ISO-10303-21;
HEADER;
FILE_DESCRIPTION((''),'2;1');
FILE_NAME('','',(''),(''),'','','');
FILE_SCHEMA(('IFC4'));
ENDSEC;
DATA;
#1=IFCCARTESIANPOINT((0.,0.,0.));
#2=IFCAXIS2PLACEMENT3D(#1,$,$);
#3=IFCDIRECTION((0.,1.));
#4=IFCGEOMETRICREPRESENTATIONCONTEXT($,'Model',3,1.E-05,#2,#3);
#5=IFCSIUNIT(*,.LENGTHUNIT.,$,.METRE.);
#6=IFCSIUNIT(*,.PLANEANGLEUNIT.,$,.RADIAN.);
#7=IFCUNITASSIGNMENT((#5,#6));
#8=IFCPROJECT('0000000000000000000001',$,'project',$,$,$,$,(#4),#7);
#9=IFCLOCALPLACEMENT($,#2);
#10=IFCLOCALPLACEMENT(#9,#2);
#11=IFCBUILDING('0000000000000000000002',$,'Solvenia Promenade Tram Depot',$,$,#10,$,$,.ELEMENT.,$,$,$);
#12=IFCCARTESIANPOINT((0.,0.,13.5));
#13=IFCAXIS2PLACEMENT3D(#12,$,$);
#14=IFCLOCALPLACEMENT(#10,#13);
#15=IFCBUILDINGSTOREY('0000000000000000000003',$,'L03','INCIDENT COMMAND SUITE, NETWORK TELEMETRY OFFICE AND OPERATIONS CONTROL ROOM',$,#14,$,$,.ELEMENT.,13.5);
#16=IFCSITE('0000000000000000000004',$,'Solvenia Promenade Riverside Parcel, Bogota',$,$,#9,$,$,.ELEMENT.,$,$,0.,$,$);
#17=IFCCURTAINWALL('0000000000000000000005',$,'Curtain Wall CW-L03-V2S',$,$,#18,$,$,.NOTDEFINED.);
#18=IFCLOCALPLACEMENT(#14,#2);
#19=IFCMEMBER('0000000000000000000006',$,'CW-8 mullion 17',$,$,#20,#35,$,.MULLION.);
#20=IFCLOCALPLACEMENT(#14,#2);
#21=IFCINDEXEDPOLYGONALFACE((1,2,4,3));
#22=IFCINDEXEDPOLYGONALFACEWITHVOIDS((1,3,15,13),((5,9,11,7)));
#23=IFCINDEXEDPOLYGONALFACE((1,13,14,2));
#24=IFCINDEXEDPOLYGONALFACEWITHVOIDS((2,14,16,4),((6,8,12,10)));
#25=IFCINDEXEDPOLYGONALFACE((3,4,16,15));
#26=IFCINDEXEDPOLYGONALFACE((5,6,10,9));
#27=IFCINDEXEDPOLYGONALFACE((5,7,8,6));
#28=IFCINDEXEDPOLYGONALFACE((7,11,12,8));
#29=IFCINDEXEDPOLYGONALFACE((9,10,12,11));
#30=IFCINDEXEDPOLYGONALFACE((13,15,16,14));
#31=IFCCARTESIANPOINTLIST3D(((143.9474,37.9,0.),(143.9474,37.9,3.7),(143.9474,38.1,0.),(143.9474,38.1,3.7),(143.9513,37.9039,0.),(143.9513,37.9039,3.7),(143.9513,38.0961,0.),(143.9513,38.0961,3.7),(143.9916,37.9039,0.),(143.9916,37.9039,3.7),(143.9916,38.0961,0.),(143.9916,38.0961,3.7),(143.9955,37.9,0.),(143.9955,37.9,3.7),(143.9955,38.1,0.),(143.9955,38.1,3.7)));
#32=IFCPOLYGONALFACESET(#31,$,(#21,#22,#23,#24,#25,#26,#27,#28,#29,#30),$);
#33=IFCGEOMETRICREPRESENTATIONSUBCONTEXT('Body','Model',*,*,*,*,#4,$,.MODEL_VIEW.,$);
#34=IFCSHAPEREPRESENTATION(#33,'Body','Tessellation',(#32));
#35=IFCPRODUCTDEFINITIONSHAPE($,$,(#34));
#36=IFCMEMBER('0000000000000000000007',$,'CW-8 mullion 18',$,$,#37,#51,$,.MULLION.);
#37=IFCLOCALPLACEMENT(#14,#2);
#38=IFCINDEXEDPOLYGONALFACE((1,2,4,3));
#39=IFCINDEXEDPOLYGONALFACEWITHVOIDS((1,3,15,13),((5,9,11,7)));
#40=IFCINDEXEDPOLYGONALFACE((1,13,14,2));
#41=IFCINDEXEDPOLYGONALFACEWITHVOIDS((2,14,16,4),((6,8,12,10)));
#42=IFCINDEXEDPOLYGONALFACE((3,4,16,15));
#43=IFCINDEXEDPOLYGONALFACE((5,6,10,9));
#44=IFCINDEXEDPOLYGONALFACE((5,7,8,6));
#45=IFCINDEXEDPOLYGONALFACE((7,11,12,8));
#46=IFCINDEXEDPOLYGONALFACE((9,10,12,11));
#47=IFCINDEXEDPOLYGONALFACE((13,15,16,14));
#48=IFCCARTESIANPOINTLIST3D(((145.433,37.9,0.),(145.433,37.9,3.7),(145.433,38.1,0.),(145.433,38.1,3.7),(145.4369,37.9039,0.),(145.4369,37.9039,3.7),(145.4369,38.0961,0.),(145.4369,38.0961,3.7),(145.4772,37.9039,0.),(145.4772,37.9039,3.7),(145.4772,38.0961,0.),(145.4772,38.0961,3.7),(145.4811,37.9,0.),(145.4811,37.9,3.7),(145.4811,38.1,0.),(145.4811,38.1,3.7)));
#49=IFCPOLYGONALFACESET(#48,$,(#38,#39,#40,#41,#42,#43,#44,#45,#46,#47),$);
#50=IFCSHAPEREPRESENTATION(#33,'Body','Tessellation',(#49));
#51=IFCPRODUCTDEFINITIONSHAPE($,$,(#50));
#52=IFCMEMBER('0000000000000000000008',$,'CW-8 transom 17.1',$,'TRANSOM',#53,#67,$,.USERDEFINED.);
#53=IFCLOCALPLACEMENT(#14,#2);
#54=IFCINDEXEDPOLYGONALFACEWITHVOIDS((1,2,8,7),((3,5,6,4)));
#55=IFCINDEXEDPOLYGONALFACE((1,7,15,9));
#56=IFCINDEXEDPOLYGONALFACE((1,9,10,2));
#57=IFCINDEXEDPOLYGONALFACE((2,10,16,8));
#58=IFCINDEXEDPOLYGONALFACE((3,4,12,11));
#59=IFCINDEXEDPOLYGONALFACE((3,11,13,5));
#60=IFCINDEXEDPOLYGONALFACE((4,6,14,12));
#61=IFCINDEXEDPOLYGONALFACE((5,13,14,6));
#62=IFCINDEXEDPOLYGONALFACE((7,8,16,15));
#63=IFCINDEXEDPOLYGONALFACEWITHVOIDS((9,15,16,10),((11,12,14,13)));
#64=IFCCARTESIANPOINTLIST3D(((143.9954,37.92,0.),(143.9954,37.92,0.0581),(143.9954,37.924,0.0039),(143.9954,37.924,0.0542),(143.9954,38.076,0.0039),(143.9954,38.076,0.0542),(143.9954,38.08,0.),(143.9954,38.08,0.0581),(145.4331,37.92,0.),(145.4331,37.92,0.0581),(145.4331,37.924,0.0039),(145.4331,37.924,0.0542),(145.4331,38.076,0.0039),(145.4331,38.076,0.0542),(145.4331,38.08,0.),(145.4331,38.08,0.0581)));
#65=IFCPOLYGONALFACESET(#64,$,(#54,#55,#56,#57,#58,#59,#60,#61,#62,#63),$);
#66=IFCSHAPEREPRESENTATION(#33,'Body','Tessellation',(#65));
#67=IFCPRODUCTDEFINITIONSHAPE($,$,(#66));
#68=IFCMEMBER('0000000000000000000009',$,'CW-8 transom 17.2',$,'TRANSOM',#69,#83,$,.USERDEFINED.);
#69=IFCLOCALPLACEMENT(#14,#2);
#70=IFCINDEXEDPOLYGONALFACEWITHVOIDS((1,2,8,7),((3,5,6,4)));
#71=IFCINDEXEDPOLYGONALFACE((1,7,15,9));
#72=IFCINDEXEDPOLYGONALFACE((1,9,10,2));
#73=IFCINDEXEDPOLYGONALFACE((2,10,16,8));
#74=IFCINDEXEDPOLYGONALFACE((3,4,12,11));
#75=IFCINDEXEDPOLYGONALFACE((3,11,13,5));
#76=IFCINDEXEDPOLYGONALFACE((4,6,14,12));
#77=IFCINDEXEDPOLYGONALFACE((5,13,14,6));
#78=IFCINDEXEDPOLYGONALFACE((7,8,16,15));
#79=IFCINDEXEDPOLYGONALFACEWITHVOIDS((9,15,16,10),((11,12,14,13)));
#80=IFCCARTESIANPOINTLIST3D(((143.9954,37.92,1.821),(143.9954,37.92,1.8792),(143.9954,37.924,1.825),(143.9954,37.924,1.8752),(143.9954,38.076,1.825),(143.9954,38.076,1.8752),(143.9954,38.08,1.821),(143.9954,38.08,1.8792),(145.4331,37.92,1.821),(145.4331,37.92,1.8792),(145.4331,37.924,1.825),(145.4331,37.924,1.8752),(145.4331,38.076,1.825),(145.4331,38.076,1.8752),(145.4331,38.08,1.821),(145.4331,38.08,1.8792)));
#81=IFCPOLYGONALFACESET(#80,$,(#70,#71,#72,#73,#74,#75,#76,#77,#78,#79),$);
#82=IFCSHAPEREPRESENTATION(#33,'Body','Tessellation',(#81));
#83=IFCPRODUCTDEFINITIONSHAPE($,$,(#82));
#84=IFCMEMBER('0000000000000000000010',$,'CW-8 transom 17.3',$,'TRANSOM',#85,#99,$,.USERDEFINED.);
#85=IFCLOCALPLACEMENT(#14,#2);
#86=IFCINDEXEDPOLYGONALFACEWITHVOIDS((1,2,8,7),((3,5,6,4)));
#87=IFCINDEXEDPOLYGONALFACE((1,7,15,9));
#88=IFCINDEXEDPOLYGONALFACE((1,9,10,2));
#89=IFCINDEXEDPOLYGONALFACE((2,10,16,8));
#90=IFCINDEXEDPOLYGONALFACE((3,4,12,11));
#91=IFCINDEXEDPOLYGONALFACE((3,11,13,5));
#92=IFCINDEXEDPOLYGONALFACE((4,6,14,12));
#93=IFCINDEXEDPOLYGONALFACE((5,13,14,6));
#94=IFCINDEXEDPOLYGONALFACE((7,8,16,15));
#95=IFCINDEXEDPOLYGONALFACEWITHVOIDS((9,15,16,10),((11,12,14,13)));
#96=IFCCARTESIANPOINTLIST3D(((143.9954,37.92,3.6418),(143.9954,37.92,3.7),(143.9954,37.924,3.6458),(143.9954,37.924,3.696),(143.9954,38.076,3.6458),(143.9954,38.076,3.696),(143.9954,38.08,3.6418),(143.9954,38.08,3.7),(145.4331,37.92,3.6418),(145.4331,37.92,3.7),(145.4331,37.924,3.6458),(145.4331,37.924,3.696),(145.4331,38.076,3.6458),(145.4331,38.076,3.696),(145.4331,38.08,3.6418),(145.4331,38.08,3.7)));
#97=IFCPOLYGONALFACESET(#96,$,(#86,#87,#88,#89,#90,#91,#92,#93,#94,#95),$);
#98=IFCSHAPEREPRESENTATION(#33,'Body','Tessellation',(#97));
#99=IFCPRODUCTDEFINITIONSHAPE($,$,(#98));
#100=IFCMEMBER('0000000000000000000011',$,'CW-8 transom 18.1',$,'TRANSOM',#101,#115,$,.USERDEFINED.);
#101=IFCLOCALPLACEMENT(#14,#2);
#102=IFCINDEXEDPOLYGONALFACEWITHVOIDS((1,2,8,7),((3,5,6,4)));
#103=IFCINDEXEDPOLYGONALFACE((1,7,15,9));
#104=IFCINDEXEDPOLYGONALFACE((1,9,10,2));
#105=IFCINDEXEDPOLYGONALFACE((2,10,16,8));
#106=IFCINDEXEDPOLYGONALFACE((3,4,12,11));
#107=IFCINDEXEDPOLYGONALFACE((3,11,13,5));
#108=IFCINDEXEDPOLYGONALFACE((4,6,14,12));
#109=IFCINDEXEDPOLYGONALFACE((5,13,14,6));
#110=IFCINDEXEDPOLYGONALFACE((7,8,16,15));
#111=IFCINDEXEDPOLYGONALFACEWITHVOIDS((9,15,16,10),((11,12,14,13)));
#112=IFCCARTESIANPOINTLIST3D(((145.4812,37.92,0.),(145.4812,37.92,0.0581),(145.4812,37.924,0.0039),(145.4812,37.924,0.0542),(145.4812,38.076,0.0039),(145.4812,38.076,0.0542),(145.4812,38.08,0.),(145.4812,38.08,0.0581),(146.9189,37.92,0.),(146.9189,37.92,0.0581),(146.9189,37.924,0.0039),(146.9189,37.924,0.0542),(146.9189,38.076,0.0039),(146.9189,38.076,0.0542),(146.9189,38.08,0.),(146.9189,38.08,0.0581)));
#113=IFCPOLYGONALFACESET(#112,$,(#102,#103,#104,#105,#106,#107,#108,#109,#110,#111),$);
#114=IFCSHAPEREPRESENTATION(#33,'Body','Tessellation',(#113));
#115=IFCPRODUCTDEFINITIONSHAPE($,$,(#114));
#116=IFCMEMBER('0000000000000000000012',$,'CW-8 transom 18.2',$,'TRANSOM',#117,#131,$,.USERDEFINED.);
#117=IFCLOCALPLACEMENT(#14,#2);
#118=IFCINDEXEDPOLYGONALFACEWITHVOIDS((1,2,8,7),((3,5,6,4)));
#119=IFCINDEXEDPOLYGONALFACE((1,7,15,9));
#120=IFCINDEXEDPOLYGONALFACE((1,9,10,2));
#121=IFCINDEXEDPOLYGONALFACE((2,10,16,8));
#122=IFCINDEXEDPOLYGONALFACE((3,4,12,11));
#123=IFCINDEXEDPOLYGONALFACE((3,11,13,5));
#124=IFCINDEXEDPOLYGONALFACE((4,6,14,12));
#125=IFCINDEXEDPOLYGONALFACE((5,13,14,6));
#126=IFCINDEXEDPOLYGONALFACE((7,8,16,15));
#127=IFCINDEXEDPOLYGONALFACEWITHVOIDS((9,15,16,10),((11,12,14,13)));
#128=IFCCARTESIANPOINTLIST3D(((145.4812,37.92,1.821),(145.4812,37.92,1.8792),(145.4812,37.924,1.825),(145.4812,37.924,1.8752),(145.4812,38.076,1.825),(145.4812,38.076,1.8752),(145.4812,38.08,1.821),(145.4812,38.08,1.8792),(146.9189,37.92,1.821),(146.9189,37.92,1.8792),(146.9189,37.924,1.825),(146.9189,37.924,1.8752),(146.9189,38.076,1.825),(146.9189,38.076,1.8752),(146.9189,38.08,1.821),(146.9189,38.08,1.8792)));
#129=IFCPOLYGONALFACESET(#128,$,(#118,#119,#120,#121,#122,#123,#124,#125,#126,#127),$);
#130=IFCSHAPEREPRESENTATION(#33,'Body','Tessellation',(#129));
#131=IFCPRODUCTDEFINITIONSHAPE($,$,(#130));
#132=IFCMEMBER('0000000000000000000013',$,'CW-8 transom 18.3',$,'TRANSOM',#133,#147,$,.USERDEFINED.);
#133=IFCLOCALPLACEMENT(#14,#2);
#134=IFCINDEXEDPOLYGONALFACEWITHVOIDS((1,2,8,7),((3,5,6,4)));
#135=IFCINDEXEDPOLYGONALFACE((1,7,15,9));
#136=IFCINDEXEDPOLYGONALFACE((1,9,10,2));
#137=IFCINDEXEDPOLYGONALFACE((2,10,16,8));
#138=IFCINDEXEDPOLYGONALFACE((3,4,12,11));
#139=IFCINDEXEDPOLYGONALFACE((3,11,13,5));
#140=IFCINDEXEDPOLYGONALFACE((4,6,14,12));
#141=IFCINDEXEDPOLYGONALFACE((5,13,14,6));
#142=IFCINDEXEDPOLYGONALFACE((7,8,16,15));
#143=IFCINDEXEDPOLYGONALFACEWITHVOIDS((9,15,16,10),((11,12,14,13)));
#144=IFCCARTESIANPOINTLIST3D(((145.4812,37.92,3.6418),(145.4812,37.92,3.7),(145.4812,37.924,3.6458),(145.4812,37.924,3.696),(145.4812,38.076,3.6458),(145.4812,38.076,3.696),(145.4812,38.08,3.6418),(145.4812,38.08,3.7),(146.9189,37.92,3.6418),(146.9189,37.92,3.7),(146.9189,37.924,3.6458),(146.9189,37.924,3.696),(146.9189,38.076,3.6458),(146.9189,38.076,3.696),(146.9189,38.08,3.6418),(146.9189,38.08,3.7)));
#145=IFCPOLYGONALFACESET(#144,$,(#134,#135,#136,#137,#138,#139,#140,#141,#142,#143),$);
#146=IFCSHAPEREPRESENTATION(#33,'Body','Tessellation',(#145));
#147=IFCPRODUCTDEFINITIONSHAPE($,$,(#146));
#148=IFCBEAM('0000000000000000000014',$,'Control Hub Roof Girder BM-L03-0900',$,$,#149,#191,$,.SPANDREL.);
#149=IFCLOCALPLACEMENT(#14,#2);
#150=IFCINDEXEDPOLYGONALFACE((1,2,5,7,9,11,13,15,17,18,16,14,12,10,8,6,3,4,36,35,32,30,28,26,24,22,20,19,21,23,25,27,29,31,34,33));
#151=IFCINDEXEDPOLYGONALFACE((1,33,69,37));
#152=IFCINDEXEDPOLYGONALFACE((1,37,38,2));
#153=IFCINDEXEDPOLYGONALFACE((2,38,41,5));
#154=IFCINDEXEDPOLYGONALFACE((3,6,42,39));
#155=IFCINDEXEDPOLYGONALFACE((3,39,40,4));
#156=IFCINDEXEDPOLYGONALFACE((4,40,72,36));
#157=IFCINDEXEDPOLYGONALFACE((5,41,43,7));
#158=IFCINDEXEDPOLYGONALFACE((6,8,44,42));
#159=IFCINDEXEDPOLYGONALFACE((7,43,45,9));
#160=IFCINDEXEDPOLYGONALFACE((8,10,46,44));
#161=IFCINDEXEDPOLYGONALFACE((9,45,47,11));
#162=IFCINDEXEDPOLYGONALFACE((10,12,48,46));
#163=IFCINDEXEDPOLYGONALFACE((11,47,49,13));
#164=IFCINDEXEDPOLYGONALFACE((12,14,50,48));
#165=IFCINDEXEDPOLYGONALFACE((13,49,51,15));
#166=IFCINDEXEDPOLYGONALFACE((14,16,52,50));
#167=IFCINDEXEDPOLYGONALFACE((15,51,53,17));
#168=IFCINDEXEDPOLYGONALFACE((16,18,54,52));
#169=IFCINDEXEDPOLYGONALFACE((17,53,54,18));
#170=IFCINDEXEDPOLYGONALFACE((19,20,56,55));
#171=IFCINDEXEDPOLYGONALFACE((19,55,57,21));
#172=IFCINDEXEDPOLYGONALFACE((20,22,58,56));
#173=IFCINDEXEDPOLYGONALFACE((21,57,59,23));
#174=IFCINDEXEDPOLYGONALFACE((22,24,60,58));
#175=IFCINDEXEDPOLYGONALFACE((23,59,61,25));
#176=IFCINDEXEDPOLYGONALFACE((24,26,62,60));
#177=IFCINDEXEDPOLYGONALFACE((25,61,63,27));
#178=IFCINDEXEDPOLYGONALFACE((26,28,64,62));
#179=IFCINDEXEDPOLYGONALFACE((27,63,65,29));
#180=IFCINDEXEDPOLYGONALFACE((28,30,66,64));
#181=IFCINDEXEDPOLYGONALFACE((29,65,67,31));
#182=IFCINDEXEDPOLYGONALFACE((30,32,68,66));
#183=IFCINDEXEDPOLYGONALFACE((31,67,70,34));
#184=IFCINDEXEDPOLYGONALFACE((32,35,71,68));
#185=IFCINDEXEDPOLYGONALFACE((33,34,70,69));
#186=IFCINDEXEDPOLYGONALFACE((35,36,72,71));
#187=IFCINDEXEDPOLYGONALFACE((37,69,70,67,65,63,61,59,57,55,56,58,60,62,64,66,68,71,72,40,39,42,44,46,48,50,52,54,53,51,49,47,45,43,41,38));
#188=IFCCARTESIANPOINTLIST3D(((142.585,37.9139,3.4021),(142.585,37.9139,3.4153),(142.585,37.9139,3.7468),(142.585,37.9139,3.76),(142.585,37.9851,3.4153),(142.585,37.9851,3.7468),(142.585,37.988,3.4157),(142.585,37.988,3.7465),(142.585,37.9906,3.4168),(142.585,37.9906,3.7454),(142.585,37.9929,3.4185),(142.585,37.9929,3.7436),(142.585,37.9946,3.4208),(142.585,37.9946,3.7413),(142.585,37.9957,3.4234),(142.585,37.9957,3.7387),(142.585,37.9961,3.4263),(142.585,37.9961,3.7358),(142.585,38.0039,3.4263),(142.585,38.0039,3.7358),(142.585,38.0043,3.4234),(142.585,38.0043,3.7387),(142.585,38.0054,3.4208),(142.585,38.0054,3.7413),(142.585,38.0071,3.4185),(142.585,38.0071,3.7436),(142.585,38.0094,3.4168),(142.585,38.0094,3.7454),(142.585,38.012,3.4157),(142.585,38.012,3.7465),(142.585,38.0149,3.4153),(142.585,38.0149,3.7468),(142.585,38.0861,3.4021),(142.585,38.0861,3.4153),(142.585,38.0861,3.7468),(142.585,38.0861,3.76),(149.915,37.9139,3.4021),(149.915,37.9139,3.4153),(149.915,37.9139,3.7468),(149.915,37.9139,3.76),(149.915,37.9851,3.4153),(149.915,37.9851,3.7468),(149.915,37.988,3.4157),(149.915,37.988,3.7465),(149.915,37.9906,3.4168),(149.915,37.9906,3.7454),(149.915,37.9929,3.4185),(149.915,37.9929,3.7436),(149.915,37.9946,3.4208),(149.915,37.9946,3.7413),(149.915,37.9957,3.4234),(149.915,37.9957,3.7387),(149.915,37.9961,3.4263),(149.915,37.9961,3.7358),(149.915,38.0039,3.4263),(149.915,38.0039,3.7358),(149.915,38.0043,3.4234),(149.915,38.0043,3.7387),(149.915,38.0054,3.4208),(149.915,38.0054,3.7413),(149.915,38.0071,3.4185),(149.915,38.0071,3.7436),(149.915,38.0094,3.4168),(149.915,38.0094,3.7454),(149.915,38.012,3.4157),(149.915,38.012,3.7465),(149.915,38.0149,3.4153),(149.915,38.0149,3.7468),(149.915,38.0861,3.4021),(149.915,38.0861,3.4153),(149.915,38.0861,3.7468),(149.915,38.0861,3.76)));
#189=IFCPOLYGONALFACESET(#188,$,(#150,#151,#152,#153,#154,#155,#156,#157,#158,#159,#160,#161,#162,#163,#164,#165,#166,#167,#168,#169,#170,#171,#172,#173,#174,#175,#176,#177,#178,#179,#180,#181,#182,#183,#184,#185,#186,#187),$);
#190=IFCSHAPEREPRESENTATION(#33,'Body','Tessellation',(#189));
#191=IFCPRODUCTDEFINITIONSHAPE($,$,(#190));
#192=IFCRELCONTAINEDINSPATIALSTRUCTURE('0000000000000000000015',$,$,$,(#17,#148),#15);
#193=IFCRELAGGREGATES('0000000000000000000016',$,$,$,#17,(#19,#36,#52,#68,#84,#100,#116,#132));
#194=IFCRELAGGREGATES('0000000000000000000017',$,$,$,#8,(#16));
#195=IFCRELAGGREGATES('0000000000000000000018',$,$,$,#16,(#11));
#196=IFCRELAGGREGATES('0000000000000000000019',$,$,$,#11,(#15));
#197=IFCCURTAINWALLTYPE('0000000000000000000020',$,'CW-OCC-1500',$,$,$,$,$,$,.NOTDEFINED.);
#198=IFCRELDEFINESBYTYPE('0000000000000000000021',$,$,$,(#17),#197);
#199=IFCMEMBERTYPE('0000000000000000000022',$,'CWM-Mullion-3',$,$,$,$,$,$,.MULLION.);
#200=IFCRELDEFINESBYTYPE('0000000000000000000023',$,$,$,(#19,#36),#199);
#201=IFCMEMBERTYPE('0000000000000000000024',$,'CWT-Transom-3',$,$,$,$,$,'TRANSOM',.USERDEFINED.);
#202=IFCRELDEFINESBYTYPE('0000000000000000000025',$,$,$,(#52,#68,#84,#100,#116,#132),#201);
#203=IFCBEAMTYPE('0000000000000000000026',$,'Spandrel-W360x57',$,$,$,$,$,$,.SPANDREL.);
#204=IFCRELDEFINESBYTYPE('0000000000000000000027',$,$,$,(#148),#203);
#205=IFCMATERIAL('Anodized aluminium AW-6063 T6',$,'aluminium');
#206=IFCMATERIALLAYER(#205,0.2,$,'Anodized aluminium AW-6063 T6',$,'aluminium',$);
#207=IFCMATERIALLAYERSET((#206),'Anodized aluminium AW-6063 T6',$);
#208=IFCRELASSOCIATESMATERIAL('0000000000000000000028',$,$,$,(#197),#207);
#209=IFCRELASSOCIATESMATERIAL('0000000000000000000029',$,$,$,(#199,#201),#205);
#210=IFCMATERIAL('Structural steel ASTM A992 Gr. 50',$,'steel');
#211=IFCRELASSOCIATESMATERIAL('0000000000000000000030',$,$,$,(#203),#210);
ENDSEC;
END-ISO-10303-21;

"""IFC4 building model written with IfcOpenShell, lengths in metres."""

from ifc_helpers import new_model, si_unit, direction, frame, origin, origin_2d, place, context, subcontext, project, spatial, hollow_rectangle, i_section, extrude, material, layer, layer_set, material_profile, profile_set, type_object, element, aggregate, save


model = new_model("IFC4")

# Units and contexts
model_context = context("Model", 3, precision=1e-05, world=origin(), true_north=direction((0.0, 1.0)))
body_context = subcontext(model_context, "Body", "Model", "MODEL_VIEW")
ifc_project = project(units=[si_unit("LENGTHUNIT", "METRE"), si_unit("PLANEANGLEUNIT", "RADIAN")], contexts=[model_context])

# Site, building, storey
site_placement = place(None, origin())
site = spatial("IfcSite", under=ifc_project, at=site_placement, Name="Solvenia Promenade Riverside Parcel, Bogota", CompositionType="ELEMENT", RefElevation=0.0)
building_placement = place(site_placement, origin())
building = spatial("IfcBuilding", under=site, at=building_placement, Name="Solvenia Promenade Tram Depot", CompositionType="ELEMENT")
storey_placement = place(building_placement, frame((0.0, 0.0, 13.5)))
storey = spatial("IfcBuildingStorey", under=building, at=storey_placement, Name="L03", Description="INCIDENT COMMAND SUITE, NETWORK TELEMETRY OFFICE AND OPERATIONS CONTROL ROOM", CompositionType="ELEMENT", Elevation=13.5)

# Curtain wall, members
ifc_material_1 = material(Name="Anodized aluminium AW-6063 T6", Category="aluminium")
ifc_layer_1 = layer(ifc_material_1, 0.2, Name="Anodized aluminium AW-6063 T6", Category="aluminium")
ifc_layer_set_1 = layer_set([ifc_layer_1], Name="Anodized aluminium AW-6063 T6")
curtain_wall_type = type_object("IfcCurtainWallType", Name="CW-OCC-1500", PredefinedType="NOTDEFINED", material=ifc_layer_set_1)
curtain_wall_placement = place(storey_placement, origin())
curtain_wall = element("IfcCurtainWall", 1, at=curtain_wall_placement, inside=storey, type_object=curtain_wall_type, Name="Curtain Wall CW-L03-V2S", PredefinedType="NOTDEFINED")
ifc_material_profile_1 = material_profile(ifc_material_1, hollow_rectangle(XDim=0.2, YDim=0.0481, WallThickness=0.0039, at=origin_2d()), Name="ALU-M3", Category="aluminium")
ifc_profile_set_1 = profile_set([ifc_material_profile_1], Name="Anodized aluminium AW-6063 T6")
member_type_1 = type_object("IfcMemberType", Name="CWM-Mullion-3", PredefinedType="MULLION", material=ifc_profile_set_1)
member_1_placement = place(storey_placement, frame((143.9714, 38.0, 0.0), z_axis=(0.0, 0.0, 1.0), x_axis=(0.0, 1.0, 0.0)))
member_1 = element("IfcMember", 2, at=member_1_placement, type_object=member_type_1, Name="CW-8 mullion 17", PredefinedType="MULLION", context=body_context, shape_type="SweptSolid", body=[
    extrude(hollow_rectangle(XDim=0.2, YDim=0.0481, WallThickness=0.0039, at=origin_2d()), origin(), (0.0, 0.0, 1.0), 3.7),
])
member_2_placement = place(storey_placement, frame((145.457, 38.0, 0.0), z_axis=(0.0, 0.0, 1.0), x_axis=(0.0, 1.0, 0.0)))
member_2 = element("IfcMember", 3, at=member_2_placement, type_object=member_type_1, Name="CW-8 mullion 18", PredefinedType="MULLION", context=body_context, shape_type="SweptSolid", body=[
    extrude(hollow_rectangle(XDim=0.2, YDim=0.0481, WallThickness=0.0039, at=origin_2d()), origin(), (0.0, 0.0, 1.0), 3.7),
])
ifc_material_profile_2 = material_profile(ifc_material_1, hollow_rectangle(XDim=0.1599, YDim=0.0581, WallThickness=0.0039, at=origin_2d()), Name="ALU-T3", Category="aluminium")
ifc_profile_set_2 = profile_set([ifc_material_profile_2], Name="Anodized aluminium AW-6063 T6")
member_type_2 = type_object("IfcMemberType", Name="CWT-Transom-3", ElementType="TRANSOM", PredefinedType="USERDEFINED", material=ifc_profile_set_2)
member_3_placement = place(storey_placement, frame((143.9954, 38.0, 0.0291), z_axis=(1.0, 0.0, 0.0), x_axis=(0.0, 1.0, 0.0)))
member_3 = element("IfcMember", 4, at=member_3_placement, type_object=member_type_2, Name="CW-8 transom 17.1", ObjectType="TRANSOM", PredefinedType="USERDEFINED", context=body_context, shape_type="SweptSolid", body=[
    extrude(hollow_rectangle(XDim=0.1599, YDim=0.0581, WallThickness=0.0039, at=origin_2d()), origin(), (0.0, 0.0, 1.0), 1.4377),
])
member_4_placement = place(storey_placement, frame((143.9954, 38.0, 1.8501), z_axis=(1.0, 0.0, 0.0), x_axis=(0.0, 1.0, 0.0)))
member_4 = element("IfcMember", 5, at=member_4_placement, type_object=member_type_2, Name="CW-8 transom 17.2", ObjectType="TRANSOM", PredefinedType="USERDEFINED", context=body_context, shape_type="SweptSolid", body=[
    extrude(hollow_rectangle(XDim=0.1599, YDim=0.0581, WallThickness=0.0039, at=origin_2d()), origin(), (0.0, 0.0, 1.0), 1.4377),
])
member_5_placement = place(storey_placement, frame((143.9954, 38.0, 3.6709), z_axis=(1.0, 0.0, 0.0), x_axis=(0.0, 1.0, 0.0)))
member_5 = element("IfcMember", 6, at=member_5_placement, type_object=member_type_2, Name="CW-8 transom 17.3", ObjectType="TRANSOM", PredefinedType="USERDEFINED", context=body_context, shape_type="SweptSolid", body=[
    extrude(hollow_rectangle(XDim=0.1599, YDim=0.0581, WallThickness=0.0039, at=origin_2d()), origin(), (0.0, 0.0, 1.0), 1.4377),
])
member_6_placement = place(storey_placement, frame((145.4812, 38.0, 0.0291), z_axis=(1.0, 0.0, 0.0), x_axis=(0.0, 1.0, 0.0)))
member_6 = element("IfcMember", 7, at=member_6_placement, type_object=member_type_2, Name="CW-8 transom 18.1", ObjectType="TRANSOM", PredefinedType="USERDEFINED", context=body_context, shape_type="SweptSolid", body=[
    extrude(hollow_rectangle(XDim=0.1599, YDim=0.0581, WallThickness=0.0039, at=origin_2d()), origin(), (0.0, 0.0, 1.0), 1.4377),
])
member_7_placement = place(storey_placement, frame((145.4812, 38.0, 1.8501), z_axis=(1.0, 0.0, 0.0), x_axis=(0.0, 1.0, 0.0)))
member_7 = element("IfcMember", 8, at=member_7_placement, type_object=member_type_2, Name="CW-8 transom 18.2", ObjectType="TRANSOM", PredefinedType="USERDEFINED", context=body_context, shape_type="SweptSolid", body=[
    extrude(hollow_rectangle(XDim=0.1599, YDim=0.0581, WallThickness=0.0039, at=origin_2d()), origin(), (0.0, 0.0, 1.0), 1.4377),
])
member_8_placement = place(storey_placement, frame((145.4812, 38.0, 3.6709), z_axis=(1.0, 0.0, 0.0), x_axis=(0.0, 1.0, 0.0)))
member_8 = element("IfcMember", 9, at=member_8_placement, type_object=member_type_2, Name="CW-8 transom 18.3", ObjectType="TRANSOM", PredefinedType="USERDEFINED", context=body_context, shape_type="SweptSolid", body=[
    extrude(hollow_rectangle(XDim=0.1599, YDim=0.0581, WallThickness=0.0039, at=origin_2d()), origin(), (0.0, 0.0, 1.0), 1.4377),
])

# Beam
ifc_material_2 = material(Name="Structural steel ASTM A992 Gr. 50", Category="steel")
ifc_material_profile_3 = material_profile(ifc_material_2, i_section(OverallWidth=0.1721, OverallDepth=0.3579, WebThickness=0.0078, FlangeThickness=0.0132, FilletRadius=0.011, at=origin_2d()), Name="W360x57", Category="steel")
ifc_profile_set_3 = profile_set([ifc_material_profile_3], Name="Structural steel ASTM A992 Gr. 50")
beam_type = type_object("IfcBeamType", Name="Spandrel-W360x57", PredefinedType="SPANDREL", material=ifc_profile_set_3)
beam_placement = place(storey_placement, frame((142.585, 38.0, 3.5811), z_axis=(1.0, 0.0, 0.0), x_axis=(0.0, 1.0, 0.0)))
element("IfcBeam", 10, at=beam_placement, inside=storey, type_object=beam_type, Name="Control Hub Roof Girder BM-L03-0900", PredefinedType="SPANDREL", context=body_context, shape_type="SweptSolid", body=[
    extrude(i_section(OverallWidth=0.1721, OverallDepth=0.3579, WebThickness=0.0078, FlangeThickness=0.0132, FilletRadius=0.011, at=origin_2d()), origin(), (0.0, 0.0, 1.0), 7.3301),
])

aggregate(curtain_wall, [member_1, member_2, member_3, member_4, member_5, member_6, member_7, member_8])

save(model, "model.ifc")
